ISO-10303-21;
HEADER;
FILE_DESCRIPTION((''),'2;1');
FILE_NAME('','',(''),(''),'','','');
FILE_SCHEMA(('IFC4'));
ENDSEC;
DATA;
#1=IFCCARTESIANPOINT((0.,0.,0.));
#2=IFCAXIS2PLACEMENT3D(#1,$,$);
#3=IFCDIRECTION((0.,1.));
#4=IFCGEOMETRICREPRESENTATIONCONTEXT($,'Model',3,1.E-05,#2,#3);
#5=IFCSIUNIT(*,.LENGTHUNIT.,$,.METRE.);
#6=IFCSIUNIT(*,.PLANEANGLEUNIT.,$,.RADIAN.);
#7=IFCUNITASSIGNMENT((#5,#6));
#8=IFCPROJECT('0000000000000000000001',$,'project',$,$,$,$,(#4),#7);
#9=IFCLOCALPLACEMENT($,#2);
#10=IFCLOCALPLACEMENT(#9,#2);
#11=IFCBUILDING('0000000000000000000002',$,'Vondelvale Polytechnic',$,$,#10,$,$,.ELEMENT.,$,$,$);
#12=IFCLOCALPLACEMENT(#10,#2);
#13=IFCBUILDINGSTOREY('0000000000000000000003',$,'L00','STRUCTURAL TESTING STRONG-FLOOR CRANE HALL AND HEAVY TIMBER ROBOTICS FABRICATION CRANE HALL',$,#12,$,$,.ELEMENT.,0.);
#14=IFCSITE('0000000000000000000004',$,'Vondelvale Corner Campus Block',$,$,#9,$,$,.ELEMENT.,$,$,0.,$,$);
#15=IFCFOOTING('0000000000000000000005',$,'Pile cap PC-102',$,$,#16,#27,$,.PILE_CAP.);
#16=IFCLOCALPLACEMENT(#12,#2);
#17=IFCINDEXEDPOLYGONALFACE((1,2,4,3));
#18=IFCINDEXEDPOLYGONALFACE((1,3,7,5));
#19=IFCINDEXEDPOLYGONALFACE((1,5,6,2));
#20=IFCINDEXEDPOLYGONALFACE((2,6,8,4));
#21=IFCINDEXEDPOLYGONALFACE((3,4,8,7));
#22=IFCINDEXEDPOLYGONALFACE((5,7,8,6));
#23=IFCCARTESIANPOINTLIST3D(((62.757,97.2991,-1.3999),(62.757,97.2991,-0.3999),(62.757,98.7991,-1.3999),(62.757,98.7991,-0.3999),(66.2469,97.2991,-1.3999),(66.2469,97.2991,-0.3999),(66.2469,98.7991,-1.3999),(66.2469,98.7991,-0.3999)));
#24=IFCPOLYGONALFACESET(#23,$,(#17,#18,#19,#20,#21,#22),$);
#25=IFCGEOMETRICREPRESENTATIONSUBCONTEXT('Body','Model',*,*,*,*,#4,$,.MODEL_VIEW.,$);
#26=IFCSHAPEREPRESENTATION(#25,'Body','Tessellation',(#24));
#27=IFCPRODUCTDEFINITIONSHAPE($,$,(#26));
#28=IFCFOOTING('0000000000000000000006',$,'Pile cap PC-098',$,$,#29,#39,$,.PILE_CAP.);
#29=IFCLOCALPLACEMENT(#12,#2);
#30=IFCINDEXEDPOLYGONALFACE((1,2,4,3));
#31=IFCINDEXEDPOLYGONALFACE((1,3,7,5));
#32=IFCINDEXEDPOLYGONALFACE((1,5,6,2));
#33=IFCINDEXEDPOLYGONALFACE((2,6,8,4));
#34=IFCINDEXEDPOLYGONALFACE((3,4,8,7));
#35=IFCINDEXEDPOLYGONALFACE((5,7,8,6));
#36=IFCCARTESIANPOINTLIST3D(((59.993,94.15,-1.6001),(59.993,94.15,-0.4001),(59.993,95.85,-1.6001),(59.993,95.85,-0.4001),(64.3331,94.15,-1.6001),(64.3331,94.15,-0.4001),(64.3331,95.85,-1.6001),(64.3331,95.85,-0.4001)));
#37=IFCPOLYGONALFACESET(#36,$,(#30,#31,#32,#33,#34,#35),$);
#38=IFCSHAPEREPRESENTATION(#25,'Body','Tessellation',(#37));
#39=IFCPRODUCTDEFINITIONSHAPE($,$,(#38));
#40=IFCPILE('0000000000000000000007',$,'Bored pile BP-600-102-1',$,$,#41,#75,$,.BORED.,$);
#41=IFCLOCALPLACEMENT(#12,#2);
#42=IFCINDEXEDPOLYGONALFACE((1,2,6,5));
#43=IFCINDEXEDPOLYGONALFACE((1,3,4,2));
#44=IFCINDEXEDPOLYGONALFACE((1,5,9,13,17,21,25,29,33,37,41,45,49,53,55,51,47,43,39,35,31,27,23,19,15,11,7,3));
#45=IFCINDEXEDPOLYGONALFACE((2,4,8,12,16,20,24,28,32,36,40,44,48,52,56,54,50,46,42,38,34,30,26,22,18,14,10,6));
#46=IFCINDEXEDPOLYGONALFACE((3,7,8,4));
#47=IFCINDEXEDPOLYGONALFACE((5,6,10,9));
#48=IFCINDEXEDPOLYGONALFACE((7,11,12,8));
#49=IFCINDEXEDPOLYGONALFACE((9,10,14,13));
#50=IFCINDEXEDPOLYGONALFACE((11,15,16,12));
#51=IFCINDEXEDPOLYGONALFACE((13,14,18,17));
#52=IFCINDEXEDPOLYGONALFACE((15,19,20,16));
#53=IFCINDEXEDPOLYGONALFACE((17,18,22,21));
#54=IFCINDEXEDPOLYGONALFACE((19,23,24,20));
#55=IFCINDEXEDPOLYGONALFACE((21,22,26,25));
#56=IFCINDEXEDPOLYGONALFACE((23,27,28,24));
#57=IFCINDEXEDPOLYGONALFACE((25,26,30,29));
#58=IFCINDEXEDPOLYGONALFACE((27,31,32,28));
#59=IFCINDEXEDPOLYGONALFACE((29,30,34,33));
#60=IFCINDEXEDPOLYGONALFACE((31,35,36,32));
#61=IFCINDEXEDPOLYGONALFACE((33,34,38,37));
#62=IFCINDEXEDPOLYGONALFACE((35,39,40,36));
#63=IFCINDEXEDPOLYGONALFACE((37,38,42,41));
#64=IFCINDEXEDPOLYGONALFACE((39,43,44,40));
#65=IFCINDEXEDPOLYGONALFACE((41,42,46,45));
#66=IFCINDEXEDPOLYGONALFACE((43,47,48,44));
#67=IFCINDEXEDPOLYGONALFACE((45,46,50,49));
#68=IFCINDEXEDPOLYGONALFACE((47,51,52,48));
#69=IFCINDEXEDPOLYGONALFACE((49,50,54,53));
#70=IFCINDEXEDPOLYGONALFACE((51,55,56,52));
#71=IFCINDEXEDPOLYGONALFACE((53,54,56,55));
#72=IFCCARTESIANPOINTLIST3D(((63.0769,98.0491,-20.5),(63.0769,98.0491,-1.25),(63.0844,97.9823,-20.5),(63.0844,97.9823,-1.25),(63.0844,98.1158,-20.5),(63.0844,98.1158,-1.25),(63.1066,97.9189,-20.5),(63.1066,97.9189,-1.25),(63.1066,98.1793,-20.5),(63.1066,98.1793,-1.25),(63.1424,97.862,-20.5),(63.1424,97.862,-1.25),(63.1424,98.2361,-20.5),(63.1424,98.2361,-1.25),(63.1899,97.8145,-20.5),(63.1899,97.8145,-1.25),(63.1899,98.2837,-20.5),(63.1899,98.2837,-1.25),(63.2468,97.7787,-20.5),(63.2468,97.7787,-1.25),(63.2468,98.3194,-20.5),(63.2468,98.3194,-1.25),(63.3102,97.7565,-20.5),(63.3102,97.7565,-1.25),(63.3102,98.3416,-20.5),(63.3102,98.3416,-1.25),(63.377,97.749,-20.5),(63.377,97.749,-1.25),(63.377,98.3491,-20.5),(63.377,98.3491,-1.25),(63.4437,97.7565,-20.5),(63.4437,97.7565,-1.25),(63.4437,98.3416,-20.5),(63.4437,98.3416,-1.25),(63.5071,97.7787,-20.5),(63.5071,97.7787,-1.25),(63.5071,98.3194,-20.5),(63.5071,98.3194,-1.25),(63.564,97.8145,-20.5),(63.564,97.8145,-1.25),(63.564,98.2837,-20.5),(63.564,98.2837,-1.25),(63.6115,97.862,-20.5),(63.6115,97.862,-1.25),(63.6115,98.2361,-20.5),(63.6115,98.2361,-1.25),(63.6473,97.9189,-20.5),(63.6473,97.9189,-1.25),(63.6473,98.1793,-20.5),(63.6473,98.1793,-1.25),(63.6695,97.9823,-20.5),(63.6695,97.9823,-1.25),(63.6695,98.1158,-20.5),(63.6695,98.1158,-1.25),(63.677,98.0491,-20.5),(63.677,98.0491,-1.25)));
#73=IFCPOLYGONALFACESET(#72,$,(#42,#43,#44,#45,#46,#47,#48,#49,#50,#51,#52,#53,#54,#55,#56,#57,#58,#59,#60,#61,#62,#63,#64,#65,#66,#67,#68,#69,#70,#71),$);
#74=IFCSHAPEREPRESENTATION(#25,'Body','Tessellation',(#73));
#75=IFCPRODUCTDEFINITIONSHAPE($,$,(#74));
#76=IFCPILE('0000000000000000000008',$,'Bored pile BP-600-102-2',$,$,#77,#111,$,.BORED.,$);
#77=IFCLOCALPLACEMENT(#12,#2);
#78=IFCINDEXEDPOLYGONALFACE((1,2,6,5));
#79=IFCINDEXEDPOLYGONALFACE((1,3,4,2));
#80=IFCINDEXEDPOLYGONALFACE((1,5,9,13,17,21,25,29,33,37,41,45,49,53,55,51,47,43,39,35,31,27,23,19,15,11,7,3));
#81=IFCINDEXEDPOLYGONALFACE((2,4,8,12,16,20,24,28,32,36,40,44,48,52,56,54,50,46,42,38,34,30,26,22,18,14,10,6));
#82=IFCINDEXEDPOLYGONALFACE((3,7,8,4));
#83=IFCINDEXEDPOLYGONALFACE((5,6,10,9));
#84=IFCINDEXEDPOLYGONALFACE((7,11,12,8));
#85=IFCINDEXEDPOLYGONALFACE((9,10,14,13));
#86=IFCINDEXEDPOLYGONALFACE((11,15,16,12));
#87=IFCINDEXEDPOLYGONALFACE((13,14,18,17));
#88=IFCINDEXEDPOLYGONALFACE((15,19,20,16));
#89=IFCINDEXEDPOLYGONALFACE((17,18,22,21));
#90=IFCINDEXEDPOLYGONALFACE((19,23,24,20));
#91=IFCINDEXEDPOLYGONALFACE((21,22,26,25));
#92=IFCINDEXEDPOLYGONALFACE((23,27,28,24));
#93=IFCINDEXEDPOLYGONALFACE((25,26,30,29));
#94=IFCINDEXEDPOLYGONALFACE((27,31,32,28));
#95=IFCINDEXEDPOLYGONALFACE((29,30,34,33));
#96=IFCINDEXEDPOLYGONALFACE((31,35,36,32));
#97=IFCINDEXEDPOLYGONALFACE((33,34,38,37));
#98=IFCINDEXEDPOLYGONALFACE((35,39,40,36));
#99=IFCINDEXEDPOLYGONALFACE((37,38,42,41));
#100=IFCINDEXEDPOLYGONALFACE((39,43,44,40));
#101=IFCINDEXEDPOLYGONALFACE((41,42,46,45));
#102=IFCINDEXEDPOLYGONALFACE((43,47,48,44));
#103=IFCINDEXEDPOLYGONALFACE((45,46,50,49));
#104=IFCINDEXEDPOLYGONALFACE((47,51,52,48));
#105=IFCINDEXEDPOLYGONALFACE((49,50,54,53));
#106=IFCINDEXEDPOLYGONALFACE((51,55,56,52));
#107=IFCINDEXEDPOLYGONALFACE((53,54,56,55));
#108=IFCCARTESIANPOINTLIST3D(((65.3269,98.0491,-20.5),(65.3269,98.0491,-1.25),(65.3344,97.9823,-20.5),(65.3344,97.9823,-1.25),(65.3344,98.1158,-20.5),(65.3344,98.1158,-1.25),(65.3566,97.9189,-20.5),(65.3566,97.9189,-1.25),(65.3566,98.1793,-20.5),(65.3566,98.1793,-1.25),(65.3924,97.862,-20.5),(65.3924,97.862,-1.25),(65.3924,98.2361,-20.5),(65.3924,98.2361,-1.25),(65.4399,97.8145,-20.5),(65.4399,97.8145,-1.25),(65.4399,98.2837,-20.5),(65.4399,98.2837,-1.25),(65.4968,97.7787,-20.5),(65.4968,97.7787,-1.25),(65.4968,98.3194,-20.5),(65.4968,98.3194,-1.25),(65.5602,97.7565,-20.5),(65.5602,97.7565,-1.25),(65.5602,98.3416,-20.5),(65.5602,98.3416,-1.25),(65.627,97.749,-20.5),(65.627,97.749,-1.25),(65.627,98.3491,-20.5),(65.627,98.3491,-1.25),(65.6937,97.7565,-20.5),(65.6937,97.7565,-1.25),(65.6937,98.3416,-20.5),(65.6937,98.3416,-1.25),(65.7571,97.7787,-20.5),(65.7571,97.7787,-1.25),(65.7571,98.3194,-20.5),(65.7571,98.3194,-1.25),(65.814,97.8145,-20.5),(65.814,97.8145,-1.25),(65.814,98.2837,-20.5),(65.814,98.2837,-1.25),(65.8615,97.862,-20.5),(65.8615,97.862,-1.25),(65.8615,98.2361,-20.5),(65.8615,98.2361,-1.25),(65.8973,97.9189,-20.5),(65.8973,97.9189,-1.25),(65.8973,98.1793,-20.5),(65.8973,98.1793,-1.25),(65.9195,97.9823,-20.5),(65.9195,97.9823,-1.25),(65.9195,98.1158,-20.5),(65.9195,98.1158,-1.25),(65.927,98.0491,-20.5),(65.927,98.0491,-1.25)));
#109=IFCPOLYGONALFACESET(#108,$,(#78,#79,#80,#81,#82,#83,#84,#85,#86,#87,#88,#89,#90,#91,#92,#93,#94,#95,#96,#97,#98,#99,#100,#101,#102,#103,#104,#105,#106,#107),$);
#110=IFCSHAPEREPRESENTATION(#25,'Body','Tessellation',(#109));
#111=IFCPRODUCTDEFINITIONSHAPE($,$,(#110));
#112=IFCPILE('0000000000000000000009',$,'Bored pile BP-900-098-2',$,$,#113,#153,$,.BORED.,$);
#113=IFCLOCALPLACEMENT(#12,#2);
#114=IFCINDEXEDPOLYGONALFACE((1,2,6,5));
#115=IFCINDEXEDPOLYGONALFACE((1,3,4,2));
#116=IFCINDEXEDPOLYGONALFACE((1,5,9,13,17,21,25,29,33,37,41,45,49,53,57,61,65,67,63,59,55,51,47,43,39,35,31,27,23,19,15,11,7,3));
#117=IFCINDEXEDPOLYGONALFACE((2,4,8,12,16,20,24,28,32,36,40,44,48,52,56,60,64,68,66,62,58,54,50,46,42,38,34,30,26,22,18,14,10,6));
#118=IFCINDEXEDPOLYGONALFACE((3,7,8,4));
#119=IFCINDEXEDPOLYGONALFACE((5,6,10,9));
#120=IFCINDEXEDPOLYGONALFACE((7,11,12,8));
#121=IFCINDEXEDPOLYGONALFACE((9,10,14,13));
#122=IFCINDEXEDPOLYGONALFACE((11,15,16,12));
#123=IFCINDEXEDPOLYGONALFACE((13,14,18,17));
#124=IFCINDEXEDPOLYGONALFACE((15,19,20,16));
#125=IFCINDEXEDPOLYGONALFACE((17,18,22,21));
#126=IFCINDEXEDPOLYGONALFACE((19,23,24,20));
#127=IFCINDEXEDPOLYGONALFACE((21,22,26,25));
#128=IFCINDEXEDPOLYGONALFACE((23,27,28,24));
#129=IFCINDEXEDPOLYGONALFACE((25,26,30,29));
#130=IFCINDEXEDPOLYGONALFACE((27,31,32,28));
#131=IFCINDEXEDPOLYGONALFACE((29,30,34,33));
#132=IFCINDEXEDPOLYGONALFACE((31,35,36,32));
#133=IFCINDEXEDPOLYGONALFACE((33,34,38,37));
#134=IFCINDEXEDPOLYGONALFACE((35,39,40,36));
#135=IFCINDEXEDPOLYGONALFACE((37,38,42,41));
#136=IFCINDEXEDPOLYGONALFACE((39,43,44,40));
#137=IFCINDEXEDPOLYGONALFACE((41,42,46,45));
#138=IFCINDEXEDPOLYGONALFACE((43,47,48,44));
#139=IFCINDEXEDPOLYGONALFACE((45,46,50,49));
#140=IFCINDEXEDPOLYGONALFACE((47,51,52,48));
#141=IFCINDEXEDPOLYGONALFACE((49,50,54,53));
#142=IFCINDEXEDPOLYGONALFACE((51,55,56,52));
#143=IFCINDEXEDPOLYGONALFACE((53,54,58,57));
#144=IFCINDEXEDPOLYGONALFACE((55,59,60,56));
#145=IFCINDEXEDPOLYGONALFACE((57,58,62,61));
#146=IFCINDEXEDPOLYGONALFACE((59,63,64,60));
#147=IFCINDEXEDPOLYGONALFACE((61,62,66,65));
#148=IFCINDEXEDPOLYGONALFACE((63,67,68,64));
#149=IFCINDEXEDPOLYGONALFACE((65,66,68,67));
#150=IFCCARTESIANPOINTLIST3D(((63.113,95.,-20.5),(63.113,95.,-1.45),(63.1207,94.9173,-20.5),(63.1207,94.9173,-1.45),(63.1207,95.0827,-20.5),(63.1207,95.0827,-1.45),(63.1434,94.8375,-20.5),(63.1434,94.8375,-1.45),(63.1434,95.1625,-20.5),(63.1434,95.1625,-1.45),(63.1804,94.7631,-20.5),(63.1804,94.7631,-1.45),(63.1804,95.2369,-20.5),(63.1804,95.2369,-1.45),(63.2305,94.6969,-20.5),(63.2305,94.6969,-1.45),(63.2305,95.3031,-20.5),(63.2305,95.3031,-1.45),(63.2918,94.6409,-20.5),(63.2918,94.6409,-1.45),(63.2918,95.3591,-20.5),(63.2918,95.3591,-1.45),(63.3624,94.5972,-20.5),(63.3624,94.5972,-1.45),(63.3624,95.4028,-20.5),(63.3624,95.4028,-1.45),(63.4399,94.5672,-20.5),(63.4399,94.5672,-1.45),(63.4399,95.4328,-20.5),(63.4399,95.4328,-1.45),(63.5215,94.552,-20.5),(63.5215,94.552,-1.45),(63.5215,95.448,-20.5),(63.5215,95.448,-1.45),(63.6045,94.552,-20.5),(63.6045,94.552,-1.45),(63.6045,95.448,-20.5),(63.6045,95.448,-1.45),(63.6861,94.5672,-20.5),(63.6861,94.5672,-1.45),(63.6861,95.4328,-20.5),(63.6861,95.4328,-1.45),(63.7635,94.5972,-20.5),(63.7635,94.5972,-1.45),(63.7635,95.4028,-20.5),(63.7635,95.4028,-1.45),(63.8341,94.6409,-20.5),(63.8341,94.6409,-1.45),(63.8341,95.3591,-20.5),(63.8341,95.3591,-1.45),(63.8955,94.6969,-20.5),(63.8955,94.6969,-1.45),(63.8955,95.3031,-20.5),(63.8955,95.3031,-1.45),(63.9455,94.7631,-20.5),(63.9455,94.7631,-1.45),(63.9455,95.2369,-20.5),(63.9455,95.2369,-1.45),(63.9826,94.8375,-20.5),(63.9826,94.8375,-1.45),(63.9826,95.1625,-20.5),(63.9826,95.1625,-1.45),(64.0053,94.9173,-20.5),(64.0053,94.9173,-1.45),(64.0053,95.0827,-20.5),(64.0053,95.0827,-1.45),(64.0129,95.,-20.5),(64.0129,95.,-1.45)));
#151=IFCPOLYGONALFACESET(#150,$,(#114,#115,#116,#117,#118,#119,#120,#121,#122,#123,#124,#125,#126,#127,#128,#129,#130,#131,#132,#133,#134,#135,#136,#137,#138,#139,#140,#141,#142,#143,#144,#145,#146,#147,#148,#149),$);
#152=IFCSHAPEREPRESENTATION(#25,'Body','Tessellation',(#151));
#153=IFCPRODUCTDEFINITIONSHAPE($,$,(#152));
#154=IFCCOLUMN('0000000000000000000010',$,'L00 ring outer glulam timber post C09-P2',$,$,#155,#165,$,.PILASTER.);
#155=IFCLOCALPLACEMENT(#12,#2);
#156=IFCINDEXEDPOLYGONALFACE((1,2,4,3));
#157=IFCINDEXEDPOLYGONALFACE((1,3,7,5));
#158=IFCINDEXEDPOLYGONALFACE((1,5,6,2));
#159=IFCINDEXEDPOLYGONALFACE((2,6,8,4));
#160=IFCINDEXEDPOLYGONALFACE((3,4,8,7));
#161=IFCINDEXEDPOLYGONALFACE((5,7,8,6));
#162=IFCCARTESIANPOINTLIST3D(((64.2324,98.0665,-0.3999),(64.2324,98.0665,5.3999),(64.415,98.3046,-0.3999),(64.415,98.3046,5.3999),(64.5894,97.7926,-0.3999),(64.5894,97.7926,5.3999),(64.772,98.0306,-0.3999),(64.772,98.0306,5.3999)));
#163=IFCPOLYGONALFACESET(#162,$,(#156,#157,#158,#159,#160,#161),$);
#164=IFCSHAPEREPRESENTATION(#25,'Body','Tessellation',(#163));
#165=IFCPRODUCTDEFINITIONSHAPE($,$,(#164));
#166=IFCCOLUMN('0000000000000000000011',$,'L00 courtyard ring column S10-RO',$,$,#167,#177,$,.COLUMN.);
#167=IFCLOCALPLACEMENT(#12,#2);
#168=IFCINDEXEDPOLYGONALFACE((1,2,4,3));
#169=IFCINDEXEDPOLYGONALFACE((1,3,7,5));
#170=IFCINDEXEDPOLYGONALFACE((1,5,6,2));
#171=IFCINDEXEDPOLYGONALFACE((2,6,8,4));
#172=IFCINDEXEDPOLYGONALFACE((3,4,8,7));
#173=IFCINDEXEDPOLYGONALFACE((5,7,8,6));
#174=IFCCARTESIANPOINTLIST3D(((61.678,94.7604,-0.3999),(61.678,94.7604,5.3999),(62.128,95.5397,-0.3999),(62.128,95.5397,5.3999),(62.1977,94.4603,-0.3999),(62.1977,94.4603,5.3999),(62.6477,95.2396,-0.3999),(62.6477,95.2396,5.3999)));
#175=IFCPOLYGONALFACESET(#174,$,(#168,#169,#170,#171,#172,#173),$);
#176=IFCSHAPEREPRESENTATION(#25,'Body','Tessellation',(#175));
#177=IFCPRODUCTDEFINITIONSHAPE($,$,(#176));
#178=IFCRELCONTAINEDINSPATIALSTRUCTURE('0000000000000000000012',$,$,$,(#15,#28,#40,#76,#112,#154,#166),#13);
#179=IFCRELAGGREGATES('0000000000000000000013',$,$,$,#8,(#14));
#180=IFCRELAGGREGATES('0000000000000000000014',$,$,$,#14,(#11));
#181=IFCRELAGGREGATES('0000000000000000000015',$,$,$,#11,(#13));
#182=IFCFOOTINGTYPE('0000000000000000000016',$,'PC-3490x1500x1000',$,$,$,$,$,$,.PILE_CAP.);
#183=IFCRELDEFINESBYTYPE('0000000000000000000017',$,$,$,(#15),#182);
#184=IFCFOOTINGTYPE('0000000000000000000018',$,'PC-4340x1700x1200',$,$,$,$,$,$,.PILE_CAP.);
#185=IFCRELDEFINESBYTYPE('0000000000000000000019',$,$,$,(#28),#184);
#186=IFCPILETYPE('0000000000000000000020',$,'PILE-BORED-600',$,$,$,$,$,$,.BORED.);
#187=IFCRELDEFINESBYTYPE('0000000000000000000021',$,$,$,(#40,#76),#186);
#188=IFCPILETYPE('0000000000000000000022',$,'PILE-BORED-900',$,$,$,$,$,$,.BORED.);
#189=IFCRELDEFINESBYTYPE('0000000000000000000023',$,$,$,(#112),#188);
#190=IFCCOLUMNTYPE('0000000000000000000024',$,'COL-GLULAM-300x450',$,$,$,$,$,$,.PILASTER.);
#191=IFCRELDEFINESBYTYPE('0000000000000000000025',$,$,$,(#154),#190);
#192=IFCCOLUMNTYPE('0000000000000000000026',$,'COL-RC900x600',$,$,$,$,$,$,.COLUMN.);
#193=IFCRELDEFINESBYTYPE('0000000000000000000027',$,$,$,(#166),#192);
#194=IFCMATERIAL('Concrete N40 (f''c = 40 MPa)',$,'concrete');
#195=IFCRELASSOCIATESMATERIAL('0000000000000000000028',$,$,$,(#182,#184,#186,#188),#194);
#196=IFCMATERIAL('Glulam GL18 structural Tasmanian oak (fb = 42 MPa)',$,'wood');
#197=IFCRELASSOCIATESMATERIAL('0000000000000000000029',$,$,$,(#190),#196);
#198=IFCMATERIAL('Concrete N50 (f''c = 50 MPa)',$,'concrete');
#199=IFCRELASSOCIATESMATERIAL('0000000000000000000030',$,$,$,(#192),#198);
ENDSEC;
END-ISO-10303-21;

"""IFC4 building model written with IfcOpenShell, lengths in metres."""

from ifc_helpers import new_model, si_unit, direction, frame, origin, origin_2d, place, context, subcontext, project, spatial, rectangle, circle, extrude, material, material_profile, profile_set, type_object, element, save


model = new_model("IFC4")

# Units and contexts
model_context = context("Model", 3, precision=1e-05, world=origin(), true_north=direction((0.0, 1.0)))
body_context = subcontext(model_context, "Body", "Model", "MODEL_VIEW")
ifc_project = project(units=[si_unit("LENGTHUNIT", "METRE"), si_unit("PLANEANGLEUNIT", "RADIAN")], contexts=[model_context])

# Site, building, storey
site_placement = place(None, origin())
site = spatial("IfcSite", under=ifc_project, at=site_placement, Name="Vondelvale Corner Campus Block", CompositionType="ELEMENT", RefElevation=0.0)
building_placement = place(site_placement, origin())
building = spatial("IfcBuilding", under=site, at=building_placement, Name="Vondelvale Polytechnic", CompositionType="ELEMENT")
storey_placement = place(building_placement, origin())
storey = spatial("IfcBuildingStorey", under=building, at=storey_placement, Name="L00", Description="STRUCTURAL TESTING STRONG-FLOOR CRANE HALL AND HEAVY TIMBER ROBOTICS FABRICATION CRANE HALL", CompositionType="ELEMENT", Elevation=0.0)

# Footings
ifc_material_1 = material(Name="Concrete N40 (f'c = 40 MPa)", Category="concrete")
footing_type_1 = type_object("IfcFootingType", Name="PC-3490x1500x1000", PredefinedType="PILE_CAP", material=ifc_material_1)
footing_1_placement = place(storey_placement, frame((64.502, 98.0491, -1.3999), z_axis=(0.0, 0.0, 1.0), x_axis=(1.0, 0.0, 0.0)))
element("IfcFooting", 1, at=footing_1_placement, inside=storey, type_object=footing_type_1, Name="Pile cap PC-102", PredefinedType="PILE_CAP", context=body_context, shape_type="SweptSolid", body=[
    extrude(rectangle(XDim=3.49, YDim=1.5, at=origin_2d()), origin(), (0.0, 0.0, 1.0), 1.0),
])
footing_type_2 = type_object("IfcFootingType", Name="PC-4340x1700x1200", PredefinedType="PILE_CAP", material=ifc_material_1)
footing_2_placement = place(storey_placement, frame((62.1631, 95.0, -1.6001), z_axis=(0.0, 0.0, 1.0), x_axis=(1.0, 0.0, 0.0)))
element("IfcFooting", 2, at=footing_2_placement, inside=storey, type_object=footing_type_2, Name="Pile cap PC-098", PredefinedType="PILE_CAP", context=body_context, shape_type="SweptSolid", body=[
    extrude(rectangle(XDim=4.3401, YDim=1.7, at=origin_2d()), origin(), (0.0, 0.0, 1.0), 1.2),
])

# Piles
ifc_material_profile_1 = material_profile(ifc_material_1, circle(Radius=0.3, at=origin_2d()), Name="PILE-D600")
ifc_profile_set_1 = profile_set([ifc_material_profile_1], Name="Concrete N40 (f'c = 40 MPa)")
pile_type_1 = type_object("IfcPileType", Name="PILE-BORED-600", PredefinedType="BORED", material=ifc_profile_set_1)
for number, where, z_axis, x_axis, name in (
    (3, (63.377, 98.0491, -1.25), (0.0, 0.0, -1.0), (1.0, 0.0, 0.0), "Bored pile BP-600-102-1"),
    (4, (65.627, 98.0491, -1.25), (0.0, 0.0, -1.0), (1.0, 0.0, 0.0), "Bored pile BP-600-102-2"),
):
    element("IfcPile", number, at=place(storey_placement, frame(where, z_axis=z_axis, x_axis=x_axis)), inside=storey, type_object=pile_type_1, Name=name, PredefinedType="BORED", context=body_context, shape_type="SweptSolid", body=[
        extrude(circle(Radius=0.3, at=origin_2d()), origin(), (0.0, 0.0, 1.0), 19.25),
    ])
ifc_material_profile_2 = material_profile(ifc_material_1, circle(Radius=0.45, at=origin_2d()), Name="PILE-D900")
ifc_profile_set_2 = profile_set([ifc_material_profile_2], Name="Concrete N40 (f'c = 40 MPa)")
pile_type_2 = type_object("IfcPileType", Name="PILE-BORED-900", PredefinedType="BORED", material=ifc_profile_set_2)
pile_placement = place(storey_placement, frame((63.563, 95.0, -1.45), z_axis=(0.0, 0.0, -1.0), x_axis=(1.0, 0.0, 0.0)))
element("IfcPile", 5, at=pile_placement, inside=storey, type_object=pile_type_2, Name="Bored pile BP-900-098-2", PredefinedType="BORED", context=body_context, shape_type="SweptSolid", body=[
    extrude(circle(Radius=0.45, at=origin_2d()), origin(), (0.0, 0.0, 1.0), 19.05),
])

# Columns
ifc_material_2 = material(Name="Glulam GL18 structural Tasmanian oak (fb = 42 MPa)", Category="wood")
ifc_material_profile_3 = material_profile(ifc_material_2, rectangle(XDim=0.3, YDim=0.45, at=origin_2d()), Name="GL-POST-300x450")
ifc_profile_set_3 = profile_set([ifc_material_profile_3], Name="Glulam GL18 structural Tasmanian oak (fb = 42 MPa)")
column_type_1 = type_object("IfcColumnType", Name="COL-GLULAM-300x450", PredefinedType="PILASTER", material=ifc_profile_set_3)
column_1_placement = place(storey_placement, frame((64.5022, 98.0486, -0.3999), z_axis=(0.0, 0.0, 1.0), x_axis=(0.608761, 0.793353, 0.0)))
element("IfcColumn", 6, at=column_1_placement, inside=storey, type_object=column_type_1, Name="L00 ring outer glulam timber post C09-P2", PredefinedType="PILASTER", context=body_context, shape_type="SweptSolid", body=[
    extrude(rectangle(XDim=0.3, YDim=0.45, at=origin_2d()), origin(), (0.0, 0.0, 1.0), 5.7998),
])
ifc_material_3 = material(Name="Concrete N50 (f'c = 50 MPa)", Category="concrete")
ifc_material_profile_4 = material_profile(ifc_material_3, rectangle(XDim=0.6001, YDim=0.8999, at=origin_2d()), Name="RC-COL-900x600")
ifc_profile_set_4 = profile_set([ifc_material_profile_4], Name="Concrete N50 (f'c = 50 MPa)")
column_type_2 = type_object("IfcColumnType", Name="COL-RC900x600", PredefinedType="COLUMN", material=ifc_profile_set_4)
column_2_placement = place(storey_placement, frame((62.1628, 95.0, -0.3999), z_axis=(0.0, 0.0, 1.0), x_axis=(-0.866025, 0.5, 0.0)))
element("IfcColumn", 7, at=column_2_placement, inside=storey, type_object=column_type_2, Name="L00 courtyard ring column S10-RO", PredefinedType="COLUMN", context=body_context, shape_type="SweptSolid", body=[
    extrude(rectangle(XDim=0.6001, YDim=0.8999, at=origin_2d()), origin(), (0.0, 0.0, 1.0), 5.7998),
])

save(model, "model.ifc")
